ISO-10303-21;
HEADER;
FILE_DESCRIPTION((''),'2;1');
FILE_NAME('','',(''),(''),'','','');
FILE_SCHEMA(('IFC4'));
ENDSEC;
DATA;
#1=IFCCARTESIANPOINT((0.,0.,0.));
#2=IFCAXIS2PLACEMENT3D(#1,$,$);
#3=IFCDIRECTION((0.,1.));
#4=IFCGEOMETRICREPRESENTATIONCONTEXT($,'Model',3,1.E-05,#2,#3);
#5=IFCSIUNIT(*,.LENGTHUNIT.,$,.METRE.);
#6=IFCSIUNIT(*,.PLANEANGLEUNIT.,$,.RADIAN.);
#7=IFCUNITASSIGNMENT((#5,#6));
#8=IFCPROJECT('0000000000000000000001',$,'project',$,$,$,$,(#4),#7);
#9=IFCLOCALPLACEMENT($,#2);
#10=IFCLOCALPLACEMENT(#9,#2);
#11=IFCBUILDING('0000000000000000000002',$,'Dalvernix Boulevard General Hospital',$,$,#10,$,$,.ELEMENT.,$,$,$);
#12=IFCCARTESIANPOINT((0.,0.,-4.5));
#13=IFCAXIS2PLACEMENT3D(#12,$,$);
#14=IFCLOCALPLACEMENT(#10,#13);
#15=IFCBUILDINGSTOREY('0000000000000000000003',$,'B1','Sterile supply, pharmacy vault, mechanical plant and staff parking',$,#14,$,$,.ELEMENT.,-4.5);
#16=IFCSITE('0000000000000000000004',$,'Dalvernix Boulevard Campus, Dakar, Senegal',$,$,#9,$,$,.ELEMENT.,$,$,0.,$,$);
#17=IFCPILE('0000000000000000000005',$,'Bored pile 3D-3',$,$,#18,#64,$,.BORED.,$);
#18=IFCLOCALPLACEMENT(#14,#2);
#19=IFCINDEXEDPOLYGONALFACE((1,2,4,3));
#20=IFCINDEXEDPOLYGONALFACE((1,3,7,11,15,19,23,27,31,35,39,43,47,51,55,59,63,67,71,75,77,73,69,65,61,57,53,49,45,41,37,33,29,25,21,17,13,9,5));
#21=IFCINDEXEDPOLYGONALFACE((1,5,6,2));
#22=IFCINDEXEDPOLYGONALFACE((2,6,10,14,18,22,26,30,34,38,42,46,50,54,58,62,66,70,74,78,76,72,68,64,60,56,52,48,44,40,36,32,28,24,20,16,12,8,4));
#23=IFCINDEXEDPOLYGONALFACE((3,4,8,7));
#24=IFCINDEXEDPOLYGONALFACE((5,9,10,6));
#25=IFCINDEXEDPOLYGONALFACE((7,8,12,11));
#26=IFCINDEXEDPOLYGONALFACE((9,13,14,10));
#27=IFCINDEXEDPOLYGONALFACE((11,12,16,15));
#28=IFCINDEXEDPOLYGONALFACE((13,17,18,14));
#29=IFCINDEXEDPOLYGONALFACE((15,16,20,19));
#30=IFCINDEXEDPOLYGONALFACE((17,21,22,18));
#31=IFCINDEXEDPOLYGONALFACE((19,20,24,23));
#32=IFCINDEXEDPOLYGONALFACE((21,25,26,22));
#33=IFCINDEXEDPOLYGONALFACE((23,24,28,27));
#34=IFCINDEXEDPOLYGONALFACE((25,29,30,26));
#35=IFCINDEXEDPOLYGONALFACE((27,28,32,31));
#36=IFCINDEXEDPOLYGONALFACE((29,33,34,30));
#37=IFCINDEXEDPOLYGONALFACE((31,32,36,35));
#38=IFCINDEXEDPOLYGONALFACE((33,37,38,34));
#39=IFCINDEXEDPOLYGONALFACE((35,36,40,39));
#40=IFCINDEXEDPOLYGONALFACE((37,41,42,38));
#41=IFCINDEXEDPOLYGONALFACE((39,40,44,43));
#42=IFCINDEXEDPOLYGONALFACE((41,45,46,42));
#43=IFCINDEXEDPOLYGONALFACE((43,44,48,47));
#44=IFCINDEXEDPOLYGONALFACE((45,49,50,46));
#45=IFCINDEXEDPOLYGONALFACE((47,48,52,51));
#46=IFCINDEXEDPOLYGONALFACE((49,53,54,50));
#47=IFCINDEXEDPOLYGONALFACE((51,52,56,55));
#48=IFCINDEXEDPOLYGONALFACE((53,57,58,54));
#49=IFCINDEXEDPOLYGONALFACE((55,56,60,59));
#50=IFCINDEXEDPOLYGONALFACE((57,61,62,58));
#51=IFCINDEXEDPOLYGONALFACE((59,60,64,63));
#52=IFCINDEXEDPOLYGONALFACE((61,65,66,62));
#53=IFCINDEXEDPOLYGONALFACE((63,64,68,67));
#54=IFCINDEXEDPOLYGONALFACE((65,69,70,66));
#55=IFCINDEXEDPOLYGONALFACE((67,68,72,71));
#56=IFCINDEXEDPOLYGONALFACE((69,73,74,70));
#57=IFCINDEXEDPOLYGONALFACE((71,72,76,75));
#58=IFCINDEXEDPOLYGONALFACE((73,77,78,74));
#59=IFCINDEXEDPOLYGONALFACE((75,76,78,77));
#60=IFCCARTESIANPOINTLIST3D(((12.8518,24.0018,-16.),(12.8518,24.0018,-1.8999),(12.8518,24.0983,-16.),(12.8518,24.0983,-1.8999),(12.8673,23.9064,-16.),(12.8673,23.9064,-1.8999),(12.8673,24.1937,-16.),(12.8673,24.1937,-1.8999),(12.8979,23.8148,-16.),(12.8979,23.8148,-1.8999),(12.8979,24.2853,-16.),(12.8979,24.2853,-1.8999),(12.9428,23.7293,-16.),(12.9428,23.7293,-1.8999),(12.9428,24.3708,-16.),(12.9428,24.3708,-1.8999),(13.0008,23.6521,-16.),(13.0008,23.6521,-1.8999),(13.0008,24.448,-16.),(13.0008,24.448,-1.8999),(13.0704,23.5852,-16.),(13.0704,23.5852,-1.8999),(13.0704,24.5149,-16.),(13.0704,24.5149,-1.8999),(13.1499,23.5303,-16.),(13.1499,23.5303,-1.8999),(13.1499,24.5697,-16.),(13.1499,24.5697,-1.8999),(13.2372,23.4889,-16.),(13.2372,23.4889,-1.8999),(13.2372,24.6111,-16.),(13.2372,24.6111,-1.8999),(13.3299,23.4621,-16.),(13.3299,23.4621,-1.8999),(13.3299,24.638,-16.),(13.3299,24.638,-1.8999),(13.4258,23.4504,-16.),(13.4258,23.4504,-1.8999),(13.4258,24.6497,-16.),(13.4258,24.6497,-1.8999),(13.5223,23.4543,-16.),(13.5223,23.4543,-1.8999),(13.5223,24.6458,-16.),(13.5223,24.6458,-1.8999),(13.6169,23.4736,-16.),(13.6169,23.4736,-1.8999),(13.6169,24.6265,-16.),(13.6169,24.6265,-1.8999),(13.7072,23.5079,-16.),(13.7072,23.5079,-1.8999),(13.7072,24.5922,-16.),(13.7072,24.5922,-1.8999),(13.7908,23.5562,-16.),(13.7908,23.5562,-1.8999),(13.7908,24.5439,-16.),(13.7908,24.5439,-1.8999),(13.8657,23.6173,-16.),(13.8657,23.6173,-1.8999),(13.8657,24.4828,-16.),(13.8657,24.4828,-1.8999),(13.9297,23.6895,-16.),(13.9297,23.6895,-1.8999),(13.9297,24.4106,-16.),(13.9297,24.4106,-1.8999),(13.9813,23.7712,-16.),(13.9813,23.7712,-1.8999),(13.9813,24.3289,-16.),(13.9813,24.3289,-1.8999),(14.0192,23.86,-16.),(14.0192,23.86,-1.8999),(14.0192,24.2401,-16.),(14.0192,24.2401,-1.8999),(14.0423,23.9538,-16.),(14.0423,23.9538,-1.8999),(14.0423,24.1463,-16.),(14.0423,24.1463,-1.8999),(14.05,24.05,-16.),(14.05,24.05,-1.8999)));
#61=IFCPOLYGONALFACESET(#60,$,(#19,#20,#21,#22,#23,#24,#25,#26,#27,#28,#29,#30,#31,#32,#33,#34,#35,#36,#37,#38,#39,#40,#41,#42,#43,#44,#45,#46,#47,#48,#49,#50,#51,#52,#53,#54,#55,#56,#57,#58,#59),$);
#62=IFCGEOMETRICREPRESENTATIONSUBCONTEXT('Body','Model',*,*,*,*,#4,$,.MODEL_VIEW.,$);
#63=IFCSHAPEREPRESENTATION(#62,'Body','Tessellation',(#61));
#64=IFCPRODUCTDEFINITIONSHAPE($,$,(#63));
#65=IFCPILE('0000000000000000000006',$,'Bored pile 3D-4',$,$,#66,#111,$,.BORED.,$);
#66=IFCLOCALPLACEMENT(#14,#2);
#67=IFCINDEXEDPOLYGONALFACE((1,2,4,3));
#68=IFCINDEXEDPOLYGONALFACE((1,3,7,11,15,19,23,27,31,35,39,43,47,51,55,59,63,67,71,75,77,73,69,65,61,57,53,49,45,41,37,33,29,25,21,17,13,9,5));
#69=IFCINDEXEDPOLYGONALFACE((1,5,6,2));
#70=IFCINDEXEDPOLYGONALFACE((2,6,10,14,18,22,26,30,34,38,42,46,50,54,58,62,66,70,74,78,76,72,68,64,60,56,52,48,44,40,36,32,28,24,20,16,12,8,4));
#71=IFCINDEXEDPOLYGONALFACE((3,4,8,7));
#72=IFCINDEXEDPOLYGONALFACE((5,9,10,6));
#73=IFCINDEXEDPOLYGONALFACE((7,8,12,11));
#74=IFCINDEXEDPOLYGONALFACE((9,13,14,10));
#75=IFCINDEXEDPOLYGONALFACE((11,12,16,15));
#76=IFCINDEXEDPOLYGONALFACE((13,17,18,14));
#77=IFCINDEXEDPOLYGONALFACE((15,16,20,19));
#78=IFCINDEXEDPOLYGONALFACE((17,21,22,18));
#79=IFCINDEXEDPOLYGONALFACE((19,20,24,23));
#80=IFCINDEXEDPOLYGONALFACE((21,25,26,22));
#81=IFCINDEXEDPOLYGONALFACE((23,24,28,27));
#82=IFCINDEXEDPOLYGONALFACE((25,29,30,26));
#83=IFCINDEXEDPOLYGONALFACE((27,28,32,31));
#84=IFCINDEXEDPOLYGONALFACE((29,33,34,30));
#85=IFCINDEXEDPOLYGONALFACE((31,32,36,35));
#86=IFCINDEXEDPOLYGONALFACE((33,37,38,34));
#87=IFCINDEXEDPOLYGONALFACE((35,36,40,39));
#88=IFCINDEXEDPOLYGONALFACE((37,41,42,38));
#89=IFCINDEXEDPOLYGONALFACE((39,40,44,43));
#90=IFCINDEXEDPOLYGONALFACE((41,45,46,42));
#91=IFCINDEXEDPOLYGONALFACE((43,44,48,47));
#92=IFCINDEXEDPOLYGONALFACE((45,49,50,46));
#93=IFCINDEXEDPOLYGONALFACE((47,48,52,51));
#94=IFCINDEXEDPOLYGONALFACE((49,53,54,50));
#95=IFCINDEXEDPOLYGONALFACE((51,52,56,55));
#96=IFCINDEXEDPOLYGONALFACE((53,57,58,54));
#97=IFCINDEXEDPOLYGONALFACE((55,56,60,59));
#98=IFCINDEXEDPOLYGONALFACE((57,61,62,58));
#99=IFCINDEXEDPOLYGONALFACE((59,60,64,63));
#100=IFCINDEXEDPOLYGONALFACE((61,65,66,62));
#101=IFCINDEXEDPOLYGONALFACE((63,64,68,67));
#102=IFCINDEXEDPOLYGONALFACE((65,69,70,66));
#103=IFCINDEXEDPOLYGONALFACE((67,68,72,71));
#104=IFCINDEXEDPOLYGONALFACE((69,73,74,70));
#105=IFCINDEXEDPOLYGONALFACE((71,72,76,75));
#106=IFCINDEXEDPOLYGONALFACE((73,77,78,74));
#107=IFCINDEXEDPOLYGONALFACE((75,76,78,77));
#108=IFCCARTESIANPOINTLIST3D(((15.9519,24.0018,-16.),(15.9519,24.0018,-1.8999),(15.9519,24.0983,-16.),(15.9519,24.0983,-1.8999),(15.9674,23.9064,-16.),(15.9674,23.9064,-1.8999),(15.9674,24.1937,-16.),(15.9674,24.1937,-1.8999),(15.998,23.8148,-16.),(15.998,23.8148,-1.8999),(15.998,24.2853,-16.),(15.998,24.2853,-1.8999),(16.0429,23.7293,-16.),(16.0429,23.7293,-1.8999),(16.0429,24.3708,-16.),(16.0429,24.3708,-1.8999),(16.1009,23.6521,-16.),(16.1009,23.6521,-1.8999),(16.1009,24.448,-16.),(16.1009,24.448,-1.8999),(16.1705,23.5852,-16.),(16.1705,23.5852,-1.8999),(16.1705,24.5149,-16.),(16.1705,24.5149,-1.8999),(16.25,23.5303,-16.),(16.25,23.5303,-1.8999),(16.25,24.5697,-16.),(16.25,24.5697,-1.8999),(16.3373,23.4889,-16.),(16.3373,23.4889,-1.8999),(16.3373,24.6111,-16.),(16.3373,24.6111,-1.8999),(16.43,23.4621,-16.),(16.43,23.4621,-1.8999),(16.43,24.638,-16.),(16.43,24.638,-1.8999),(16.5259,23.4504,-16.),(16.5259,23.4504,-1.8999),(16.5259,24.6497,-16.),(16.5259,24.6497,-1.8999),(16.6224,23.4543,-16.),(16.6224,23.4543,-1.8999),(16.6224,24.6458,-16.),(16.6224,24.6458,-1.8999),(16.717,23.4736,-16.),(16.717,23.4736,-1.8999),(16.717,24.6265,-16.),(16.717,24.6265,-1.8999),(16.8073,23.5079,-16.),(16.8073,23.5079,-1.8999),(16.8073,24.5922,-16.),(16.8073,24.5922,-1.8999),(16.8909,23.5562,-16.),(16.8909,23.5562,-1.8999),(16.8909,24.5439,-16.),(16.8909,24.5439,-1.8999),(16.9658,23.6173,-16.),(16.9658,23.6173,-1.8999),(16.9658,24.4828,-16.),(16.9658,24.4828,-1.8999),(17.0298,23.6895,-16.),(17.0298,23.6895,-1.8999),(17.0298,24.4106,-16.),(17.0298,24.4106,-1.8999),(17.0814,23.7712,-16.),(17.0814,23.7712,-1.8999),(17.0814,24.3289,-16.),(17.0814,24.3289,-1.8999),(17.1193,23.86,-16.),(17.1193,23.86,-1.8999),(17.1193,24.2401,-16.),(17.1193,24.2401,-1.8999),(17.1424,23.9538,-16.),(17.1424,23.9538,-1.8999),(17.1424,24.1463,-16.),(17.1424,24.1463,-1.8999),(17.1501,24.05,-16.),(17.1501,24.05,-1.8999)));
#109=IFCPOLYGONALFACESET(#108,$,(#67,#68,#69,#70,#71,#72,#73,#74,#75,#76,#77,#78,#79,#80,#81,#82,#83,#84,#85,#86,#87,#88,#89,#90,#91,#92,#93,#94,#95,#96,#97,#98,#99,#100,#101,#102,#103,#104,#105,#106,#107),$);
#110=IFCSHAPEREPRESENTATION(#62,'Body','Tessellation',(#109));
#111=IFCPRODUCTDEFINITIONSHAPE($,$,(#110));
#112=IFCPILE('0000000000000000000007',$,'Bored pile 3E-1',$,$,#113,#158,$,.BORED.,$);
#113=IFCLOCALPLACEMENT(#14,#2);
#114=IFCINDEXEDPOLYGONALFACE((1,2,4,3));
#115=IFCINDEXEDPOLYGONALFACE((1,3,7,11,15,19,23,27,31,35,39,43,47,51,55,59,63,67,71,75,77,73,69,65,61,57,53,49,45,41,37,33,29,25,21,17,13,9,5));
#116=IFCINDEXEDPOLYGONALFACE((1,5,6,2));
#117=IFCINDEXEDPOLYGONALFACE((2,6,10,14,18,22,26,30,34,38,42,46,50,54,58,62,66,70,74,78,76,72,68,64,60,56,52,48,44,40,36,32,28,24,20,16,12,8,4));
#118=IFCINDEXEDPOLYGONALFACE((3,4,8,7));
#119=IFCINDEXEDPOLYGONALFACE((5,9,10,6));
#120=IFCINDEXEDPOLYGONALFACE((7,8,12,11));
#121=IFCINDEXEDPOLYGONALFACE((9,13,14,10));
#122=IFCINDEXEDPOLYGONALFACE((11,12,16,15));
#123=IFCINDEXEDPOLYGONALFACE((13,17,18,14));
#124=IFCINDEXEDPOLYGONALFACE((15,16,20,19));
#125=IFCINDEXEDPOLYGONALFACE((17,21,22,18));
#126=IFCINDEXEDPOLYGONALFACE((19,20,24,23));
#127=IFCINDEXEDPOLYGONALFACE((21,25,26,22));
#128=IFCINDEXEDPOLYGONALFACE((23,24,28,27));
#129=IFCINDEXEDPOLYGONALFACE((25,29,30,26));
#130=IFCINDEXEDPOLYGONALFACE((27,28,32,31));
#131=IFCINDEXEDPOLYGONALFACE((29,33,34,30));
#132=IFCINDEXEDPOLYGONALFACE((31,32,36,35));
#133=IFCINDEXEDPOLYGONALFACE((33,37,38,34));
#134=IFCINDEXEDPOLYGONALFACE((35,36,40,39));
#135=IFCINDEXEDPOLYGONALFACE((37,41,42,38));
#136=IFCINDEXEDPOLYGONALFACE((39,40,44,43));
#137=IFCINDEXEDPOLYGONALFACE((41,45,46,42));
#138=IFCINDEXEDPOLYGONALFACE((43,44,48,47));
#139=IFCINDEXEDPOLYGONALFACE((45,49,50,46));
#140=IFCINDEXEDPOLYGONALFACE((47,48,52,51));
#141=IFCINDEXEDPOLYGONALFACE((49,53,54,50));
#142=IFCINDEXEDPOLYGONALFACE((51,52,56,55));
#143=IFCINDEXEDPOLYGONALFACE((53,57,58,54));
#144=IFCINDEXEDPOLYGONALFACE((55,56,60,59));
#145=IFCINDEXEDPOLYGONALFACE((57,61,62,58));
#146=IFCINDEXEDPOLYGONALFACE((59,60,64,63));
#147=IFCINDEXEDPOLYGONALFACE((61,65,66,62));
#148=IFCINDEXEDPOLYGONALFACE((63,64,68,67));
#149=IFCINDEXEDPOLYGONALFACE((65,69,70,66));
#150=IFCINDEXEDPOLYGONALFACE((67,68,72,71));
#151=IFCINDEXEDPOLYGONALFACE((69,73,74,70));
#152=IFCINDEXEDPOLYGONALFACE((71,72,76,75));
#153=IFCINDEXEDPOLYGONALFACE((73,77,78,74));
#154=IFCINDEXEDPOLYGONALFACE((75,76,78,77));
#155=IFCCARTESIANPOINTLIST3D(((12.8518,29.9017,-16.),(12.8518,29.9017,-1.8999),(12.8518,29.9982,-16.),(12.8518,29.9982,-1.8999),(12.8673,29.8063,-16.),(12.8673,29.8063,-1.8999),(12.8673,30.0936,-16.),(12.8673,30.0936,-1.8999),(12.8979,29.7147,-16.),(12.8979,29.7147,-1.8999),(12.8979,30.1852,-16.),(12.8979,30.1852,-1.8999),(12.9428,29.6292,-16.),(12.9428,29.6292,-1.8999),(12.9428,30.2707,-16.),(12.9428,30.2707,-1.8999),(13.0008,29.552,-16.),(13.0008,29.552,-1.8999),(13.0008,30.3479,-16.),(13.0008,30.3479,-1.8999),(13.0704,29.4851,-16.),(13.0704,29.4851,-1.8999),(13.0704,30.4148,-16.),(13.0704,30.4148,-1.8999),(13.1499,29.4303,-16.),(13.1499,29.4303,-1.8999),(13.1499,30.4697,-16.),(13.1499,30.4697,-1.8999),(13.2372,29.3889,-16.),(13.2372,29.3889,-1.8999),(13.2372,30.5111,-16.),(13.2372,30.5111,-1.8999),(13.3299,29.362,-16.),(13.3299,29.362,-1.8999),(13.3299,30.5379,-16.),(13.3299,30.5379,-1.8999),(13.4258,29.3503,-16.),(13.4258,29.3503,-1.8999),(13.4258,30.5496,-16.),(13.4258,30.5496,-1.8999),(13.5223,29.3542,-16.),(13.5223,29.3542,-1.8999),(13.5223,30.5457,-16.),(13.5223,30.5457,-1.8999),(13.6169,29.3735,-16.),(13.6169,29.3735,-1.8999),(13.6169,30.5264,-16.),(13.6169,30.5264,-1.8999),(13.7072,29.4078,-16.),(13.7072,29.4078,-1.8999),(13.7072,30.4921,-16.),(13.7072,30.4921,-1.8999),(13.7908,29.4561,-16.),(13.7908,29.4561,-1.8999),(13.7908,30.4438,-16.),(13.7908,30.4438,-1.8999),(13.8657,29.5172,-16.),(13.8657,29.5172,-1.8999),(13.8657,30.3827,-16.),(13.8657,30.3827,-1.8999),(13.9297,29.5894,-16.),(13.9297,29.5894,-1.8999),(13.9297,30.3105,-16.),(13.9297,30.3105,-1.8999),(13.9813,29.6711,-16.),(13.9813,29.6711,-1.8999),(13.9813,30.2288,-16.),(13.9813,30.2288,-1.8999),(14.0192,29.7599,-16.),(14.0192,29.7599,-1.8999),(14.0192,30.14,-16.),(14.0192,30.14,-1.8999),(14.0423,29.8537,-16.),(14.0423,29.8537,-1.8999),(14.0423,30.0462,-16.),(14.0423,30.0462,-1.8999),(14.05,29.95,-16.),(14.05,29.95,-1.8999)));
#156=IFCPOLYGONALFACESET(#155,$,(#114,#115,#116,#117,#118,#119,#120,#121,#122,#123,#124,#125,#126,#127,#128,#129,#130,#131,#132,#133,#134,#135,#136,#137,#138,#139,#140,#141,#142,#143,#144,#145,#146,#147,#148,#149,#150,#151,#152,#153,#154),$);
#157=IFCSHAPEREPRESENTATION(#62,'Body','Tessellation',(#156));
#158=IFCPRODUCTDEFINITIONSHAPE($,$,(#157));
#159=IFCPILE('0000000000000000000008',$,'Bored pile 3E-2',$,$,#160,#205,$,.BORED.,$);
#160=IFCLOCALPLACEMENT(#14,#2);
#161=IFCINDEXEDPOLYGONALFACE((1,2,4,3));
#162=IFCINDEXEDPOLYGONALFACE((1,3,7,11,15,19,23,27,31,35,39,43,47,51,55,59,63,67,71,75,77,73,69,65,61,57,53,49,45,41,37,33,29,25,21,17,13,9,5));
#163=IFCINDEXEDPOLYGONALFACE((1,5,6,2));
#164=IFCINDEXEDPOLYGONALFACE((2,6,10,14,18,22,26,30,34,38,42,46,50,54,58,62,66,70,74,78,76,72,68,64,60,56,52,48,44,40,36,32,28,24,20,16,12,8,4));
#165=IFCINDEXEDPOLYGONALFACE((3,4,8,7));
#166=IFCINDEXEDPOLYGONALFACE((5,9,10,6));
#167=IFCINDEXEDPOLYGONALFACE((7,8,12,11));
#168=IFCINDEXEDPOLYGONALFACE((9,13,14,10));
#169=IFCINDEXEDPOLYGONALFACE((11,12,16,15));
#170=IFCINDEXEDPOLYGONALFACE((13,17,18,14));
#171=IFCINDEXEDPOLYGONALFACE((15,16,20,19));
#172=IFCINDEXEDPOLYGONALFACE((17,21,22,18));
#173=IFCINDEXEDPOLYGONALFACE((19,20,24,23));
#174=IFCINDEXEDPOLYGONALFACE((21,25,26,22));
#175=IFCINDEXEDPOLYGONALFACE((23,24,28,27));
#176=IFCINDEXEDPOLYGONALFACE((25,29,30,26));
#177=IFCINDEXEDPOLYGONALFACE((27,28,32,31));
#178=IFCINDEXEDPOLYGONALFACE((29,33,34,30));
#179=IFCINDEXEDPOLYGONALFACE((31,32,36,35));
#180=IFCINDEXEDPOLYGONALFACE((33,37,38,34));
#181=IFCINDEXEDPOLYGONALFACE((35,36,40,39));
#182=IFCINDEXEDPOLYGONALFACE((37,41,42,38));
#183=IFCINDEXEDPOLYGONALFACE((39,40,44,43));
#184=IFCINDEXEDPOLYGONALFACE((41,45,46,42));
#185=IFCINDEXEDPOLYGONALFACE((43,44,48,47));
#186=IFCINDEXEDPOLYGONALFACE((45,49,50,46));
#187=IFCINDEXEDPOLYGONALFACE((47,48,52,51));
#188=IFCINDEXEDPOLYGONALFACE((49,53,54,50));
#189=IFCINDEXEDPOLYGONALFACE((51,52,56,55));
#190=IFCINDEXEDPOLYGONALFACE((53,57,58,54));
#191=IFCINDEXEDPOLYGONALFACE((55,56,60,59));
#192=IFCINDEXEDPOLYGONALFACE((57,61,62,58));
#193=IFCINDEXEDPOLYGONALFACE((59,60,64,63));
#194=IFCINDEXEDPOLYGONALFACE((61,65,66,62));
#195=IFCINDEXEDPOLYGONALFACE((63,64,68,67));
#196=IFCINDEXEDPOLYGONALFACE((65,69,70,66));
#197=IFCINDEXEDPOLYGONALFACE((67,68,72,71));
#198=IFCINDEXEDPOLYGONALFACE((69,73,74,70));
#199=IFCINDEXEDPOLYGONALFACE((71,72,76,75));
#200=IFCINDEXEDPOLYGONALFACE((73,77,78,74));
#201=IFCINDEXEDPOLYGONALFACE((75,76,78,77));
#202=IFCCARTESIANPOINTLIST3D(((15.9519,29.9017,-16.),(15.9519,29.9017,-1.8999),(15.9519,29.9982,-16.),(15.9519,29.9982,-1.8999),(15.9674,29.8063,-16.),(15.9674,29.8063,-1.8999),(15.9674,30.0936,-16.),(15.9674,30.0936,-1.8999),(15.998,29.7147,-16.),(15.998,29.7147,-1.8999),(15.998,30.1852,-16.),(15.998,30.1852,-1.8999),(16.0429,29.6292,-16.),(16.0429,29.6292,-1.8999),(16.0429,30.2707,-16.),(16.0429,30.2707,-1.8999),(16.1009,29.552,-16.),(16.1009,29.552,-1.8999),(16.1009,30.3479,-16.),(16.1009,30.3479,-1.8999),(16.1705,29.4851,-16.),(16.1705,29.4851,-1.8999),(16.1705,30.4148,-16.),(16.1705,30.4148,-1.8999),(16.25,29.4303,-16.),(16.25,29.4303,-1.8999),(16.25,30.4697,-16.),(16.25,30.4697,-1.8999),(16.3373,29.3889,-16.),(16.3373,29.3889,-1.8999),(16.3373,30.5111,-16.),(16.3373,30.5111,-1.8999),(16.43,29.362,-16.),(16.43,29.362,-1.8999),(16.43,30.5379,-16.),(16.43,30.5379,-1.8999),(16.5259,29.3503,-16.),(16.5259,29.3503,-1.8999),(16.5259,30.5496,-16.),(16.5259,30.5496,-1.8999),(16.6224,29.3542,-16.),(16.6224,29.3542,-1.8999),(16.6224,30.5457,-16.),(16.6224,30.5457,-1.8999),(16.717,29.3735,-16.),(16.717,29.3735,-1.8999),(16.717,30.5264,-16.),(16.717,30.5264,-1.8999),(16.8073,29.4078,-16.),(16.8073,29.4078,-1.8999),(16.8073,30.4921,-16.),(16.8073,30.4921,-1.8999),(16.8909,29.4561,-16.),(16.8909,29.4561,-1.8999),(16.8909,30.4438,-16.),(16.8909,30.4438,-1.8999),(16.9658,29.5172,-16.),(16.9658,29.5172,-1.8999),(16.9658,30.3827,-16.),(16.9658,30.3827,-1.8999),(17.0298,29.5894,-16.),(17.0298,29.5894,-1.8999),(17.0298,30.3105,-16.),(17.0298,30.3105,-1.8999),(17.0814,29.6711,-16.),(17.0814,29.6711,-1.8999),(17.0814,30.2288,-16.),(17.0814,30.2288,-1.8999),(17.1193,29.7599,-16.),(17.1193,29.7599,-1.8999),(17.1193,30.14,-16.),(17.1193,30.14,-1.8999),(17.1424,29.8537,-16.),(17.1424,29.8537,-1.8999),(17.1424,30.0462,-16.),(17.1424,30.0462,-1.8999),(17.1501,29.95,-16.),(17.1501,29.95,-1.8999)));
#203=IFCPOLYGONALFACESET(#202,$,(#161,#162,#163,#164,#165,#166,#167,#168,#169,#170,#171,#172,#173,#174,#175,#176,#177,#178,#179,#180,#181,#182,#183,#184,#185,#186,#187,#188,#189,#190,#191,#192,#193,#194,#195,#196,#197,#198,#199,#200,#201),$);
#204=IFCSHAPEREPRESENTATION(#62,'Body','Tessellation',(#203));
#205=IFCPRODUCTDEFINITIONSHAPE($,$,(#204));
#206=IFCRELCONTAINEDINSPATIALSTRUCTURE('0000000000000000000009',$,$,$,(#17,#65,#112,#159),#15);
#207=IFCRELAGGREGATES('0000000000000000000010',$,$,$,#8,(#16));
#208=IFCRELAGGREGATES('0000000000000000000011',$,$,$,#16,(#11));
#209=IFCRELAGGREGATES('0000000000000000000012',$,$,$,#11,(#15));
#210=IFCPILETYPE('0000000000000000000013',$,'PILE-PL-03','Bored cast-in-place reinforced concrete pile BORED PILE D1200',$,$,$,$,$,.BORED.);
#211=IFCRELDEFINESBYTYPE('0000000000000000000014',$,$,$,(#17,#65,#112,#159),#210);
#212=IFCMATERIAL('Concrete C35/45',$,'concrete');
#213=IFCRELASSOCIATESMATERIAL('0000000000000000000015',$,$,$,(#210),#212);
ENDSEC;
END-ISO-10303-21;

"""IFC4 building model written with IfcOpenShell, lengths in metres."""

from ifc_helpers import new_model, si_unit, direction, frame, origin, origin_2d, place, context, subcontext, project, spatial, circle, extrude, material, material_profile, profile_set, type_object, element, save


model = new_model("IFC4")

# Units and contexts
model_context = context("Model", 3, precision=1e-05, world=origin(), true_north=direction((0.0, 1.0)))
body_context = subcontext(model_context, "Body", "Model", "MODEL_VIEW")
ifc_project = project(units=[si_unit("LENGTHUNIT", "METRE"), si_unit("PLANEANGLEUNIT", "RADIAN")], contexts=[model_context])

# Site, building, storey
site_placement = place(None, origin())
site = spatial("IfcSite", under=ifc_project, at=site_placement, Name="Dalvernix Boulevard Campus, Dakar, Senegal", CompositionType="ELEMENT", RefElevation=0.0)
building_placement = place(site_placement, origin())
building = spatial("IfcBuilding", under=site, at=building_placement, Name="Dalvernix Boulevard General Hospital", CompositionType="ELEMENT")
storey_placement = place(building_placement, frame((0.0, 0.0, -4.5)))
storey = spatial("IfcBuildingStorey", under=building, at=storey_placement, Name="B1", Description="Sterile supply, pharmacy vault, mechanical plant and staff parking", CompositionType="ELEMENT", Elevation=-4.5)

# Shared definitions
ifc_material_1 = material(Name="Concrete C35/45", Category="concrete")

# Piles
ifc_material_profile_1 = material_profile(ifc_material_1, circle(Radius=0.6001, at=origin_2d()), Name="BORED PILE D1200")
ifc_profile_set_1 = profile_set([ifc_material_profile_1], Name="Concrete C35/45")
pile_type = type_object("IfcPileType", Name="PILE-PL-03", Description="Bored cast-in-place reinforced concrete pile BORED PILE D1200", PredefinedType="BORED", material=ifc_profile_set_1)
for number, where, z_axis, x_axis, name in (
    (1, (13.45, 24.05, -1.8999), (0.0, 0.0, -1.0), (1.0, 0.0, 0.0), "Bored pile 3D-3"),
    (2, (16.55, 24.05, -1.8999), (0.0, 0.0, -1.0), (1.0, 0.0, 0.0), "Bored pile 3D-4"),
    (3, (13.45, 29.95, -1.8999), (0.0, 0.0, -1.0), (1.0, 0.0, 0.0), "Bored pile 3E-1"),
    (4, (16.55, 29.95, -1.8999), (0.0, 0.0, -1.0), (1.0, 0.0, 0.0), "Bored pile 3E-2"),
):
    element("IfcPile", number, at=place(storey_placement, frame(where, z_axis=z_axis, x_axis=x_axis)), inside=storey, type_object=pile_type, Name=name, PredefinedType="BORED", context=body_context, shape_type="SweptSolid", body=[
        extrude(circle(Radius=0.6001, at=origin_2d()), origin(), (0.0, 0.0, 1.0), 14.1001),
    ])

save(model, "model.ifc")
